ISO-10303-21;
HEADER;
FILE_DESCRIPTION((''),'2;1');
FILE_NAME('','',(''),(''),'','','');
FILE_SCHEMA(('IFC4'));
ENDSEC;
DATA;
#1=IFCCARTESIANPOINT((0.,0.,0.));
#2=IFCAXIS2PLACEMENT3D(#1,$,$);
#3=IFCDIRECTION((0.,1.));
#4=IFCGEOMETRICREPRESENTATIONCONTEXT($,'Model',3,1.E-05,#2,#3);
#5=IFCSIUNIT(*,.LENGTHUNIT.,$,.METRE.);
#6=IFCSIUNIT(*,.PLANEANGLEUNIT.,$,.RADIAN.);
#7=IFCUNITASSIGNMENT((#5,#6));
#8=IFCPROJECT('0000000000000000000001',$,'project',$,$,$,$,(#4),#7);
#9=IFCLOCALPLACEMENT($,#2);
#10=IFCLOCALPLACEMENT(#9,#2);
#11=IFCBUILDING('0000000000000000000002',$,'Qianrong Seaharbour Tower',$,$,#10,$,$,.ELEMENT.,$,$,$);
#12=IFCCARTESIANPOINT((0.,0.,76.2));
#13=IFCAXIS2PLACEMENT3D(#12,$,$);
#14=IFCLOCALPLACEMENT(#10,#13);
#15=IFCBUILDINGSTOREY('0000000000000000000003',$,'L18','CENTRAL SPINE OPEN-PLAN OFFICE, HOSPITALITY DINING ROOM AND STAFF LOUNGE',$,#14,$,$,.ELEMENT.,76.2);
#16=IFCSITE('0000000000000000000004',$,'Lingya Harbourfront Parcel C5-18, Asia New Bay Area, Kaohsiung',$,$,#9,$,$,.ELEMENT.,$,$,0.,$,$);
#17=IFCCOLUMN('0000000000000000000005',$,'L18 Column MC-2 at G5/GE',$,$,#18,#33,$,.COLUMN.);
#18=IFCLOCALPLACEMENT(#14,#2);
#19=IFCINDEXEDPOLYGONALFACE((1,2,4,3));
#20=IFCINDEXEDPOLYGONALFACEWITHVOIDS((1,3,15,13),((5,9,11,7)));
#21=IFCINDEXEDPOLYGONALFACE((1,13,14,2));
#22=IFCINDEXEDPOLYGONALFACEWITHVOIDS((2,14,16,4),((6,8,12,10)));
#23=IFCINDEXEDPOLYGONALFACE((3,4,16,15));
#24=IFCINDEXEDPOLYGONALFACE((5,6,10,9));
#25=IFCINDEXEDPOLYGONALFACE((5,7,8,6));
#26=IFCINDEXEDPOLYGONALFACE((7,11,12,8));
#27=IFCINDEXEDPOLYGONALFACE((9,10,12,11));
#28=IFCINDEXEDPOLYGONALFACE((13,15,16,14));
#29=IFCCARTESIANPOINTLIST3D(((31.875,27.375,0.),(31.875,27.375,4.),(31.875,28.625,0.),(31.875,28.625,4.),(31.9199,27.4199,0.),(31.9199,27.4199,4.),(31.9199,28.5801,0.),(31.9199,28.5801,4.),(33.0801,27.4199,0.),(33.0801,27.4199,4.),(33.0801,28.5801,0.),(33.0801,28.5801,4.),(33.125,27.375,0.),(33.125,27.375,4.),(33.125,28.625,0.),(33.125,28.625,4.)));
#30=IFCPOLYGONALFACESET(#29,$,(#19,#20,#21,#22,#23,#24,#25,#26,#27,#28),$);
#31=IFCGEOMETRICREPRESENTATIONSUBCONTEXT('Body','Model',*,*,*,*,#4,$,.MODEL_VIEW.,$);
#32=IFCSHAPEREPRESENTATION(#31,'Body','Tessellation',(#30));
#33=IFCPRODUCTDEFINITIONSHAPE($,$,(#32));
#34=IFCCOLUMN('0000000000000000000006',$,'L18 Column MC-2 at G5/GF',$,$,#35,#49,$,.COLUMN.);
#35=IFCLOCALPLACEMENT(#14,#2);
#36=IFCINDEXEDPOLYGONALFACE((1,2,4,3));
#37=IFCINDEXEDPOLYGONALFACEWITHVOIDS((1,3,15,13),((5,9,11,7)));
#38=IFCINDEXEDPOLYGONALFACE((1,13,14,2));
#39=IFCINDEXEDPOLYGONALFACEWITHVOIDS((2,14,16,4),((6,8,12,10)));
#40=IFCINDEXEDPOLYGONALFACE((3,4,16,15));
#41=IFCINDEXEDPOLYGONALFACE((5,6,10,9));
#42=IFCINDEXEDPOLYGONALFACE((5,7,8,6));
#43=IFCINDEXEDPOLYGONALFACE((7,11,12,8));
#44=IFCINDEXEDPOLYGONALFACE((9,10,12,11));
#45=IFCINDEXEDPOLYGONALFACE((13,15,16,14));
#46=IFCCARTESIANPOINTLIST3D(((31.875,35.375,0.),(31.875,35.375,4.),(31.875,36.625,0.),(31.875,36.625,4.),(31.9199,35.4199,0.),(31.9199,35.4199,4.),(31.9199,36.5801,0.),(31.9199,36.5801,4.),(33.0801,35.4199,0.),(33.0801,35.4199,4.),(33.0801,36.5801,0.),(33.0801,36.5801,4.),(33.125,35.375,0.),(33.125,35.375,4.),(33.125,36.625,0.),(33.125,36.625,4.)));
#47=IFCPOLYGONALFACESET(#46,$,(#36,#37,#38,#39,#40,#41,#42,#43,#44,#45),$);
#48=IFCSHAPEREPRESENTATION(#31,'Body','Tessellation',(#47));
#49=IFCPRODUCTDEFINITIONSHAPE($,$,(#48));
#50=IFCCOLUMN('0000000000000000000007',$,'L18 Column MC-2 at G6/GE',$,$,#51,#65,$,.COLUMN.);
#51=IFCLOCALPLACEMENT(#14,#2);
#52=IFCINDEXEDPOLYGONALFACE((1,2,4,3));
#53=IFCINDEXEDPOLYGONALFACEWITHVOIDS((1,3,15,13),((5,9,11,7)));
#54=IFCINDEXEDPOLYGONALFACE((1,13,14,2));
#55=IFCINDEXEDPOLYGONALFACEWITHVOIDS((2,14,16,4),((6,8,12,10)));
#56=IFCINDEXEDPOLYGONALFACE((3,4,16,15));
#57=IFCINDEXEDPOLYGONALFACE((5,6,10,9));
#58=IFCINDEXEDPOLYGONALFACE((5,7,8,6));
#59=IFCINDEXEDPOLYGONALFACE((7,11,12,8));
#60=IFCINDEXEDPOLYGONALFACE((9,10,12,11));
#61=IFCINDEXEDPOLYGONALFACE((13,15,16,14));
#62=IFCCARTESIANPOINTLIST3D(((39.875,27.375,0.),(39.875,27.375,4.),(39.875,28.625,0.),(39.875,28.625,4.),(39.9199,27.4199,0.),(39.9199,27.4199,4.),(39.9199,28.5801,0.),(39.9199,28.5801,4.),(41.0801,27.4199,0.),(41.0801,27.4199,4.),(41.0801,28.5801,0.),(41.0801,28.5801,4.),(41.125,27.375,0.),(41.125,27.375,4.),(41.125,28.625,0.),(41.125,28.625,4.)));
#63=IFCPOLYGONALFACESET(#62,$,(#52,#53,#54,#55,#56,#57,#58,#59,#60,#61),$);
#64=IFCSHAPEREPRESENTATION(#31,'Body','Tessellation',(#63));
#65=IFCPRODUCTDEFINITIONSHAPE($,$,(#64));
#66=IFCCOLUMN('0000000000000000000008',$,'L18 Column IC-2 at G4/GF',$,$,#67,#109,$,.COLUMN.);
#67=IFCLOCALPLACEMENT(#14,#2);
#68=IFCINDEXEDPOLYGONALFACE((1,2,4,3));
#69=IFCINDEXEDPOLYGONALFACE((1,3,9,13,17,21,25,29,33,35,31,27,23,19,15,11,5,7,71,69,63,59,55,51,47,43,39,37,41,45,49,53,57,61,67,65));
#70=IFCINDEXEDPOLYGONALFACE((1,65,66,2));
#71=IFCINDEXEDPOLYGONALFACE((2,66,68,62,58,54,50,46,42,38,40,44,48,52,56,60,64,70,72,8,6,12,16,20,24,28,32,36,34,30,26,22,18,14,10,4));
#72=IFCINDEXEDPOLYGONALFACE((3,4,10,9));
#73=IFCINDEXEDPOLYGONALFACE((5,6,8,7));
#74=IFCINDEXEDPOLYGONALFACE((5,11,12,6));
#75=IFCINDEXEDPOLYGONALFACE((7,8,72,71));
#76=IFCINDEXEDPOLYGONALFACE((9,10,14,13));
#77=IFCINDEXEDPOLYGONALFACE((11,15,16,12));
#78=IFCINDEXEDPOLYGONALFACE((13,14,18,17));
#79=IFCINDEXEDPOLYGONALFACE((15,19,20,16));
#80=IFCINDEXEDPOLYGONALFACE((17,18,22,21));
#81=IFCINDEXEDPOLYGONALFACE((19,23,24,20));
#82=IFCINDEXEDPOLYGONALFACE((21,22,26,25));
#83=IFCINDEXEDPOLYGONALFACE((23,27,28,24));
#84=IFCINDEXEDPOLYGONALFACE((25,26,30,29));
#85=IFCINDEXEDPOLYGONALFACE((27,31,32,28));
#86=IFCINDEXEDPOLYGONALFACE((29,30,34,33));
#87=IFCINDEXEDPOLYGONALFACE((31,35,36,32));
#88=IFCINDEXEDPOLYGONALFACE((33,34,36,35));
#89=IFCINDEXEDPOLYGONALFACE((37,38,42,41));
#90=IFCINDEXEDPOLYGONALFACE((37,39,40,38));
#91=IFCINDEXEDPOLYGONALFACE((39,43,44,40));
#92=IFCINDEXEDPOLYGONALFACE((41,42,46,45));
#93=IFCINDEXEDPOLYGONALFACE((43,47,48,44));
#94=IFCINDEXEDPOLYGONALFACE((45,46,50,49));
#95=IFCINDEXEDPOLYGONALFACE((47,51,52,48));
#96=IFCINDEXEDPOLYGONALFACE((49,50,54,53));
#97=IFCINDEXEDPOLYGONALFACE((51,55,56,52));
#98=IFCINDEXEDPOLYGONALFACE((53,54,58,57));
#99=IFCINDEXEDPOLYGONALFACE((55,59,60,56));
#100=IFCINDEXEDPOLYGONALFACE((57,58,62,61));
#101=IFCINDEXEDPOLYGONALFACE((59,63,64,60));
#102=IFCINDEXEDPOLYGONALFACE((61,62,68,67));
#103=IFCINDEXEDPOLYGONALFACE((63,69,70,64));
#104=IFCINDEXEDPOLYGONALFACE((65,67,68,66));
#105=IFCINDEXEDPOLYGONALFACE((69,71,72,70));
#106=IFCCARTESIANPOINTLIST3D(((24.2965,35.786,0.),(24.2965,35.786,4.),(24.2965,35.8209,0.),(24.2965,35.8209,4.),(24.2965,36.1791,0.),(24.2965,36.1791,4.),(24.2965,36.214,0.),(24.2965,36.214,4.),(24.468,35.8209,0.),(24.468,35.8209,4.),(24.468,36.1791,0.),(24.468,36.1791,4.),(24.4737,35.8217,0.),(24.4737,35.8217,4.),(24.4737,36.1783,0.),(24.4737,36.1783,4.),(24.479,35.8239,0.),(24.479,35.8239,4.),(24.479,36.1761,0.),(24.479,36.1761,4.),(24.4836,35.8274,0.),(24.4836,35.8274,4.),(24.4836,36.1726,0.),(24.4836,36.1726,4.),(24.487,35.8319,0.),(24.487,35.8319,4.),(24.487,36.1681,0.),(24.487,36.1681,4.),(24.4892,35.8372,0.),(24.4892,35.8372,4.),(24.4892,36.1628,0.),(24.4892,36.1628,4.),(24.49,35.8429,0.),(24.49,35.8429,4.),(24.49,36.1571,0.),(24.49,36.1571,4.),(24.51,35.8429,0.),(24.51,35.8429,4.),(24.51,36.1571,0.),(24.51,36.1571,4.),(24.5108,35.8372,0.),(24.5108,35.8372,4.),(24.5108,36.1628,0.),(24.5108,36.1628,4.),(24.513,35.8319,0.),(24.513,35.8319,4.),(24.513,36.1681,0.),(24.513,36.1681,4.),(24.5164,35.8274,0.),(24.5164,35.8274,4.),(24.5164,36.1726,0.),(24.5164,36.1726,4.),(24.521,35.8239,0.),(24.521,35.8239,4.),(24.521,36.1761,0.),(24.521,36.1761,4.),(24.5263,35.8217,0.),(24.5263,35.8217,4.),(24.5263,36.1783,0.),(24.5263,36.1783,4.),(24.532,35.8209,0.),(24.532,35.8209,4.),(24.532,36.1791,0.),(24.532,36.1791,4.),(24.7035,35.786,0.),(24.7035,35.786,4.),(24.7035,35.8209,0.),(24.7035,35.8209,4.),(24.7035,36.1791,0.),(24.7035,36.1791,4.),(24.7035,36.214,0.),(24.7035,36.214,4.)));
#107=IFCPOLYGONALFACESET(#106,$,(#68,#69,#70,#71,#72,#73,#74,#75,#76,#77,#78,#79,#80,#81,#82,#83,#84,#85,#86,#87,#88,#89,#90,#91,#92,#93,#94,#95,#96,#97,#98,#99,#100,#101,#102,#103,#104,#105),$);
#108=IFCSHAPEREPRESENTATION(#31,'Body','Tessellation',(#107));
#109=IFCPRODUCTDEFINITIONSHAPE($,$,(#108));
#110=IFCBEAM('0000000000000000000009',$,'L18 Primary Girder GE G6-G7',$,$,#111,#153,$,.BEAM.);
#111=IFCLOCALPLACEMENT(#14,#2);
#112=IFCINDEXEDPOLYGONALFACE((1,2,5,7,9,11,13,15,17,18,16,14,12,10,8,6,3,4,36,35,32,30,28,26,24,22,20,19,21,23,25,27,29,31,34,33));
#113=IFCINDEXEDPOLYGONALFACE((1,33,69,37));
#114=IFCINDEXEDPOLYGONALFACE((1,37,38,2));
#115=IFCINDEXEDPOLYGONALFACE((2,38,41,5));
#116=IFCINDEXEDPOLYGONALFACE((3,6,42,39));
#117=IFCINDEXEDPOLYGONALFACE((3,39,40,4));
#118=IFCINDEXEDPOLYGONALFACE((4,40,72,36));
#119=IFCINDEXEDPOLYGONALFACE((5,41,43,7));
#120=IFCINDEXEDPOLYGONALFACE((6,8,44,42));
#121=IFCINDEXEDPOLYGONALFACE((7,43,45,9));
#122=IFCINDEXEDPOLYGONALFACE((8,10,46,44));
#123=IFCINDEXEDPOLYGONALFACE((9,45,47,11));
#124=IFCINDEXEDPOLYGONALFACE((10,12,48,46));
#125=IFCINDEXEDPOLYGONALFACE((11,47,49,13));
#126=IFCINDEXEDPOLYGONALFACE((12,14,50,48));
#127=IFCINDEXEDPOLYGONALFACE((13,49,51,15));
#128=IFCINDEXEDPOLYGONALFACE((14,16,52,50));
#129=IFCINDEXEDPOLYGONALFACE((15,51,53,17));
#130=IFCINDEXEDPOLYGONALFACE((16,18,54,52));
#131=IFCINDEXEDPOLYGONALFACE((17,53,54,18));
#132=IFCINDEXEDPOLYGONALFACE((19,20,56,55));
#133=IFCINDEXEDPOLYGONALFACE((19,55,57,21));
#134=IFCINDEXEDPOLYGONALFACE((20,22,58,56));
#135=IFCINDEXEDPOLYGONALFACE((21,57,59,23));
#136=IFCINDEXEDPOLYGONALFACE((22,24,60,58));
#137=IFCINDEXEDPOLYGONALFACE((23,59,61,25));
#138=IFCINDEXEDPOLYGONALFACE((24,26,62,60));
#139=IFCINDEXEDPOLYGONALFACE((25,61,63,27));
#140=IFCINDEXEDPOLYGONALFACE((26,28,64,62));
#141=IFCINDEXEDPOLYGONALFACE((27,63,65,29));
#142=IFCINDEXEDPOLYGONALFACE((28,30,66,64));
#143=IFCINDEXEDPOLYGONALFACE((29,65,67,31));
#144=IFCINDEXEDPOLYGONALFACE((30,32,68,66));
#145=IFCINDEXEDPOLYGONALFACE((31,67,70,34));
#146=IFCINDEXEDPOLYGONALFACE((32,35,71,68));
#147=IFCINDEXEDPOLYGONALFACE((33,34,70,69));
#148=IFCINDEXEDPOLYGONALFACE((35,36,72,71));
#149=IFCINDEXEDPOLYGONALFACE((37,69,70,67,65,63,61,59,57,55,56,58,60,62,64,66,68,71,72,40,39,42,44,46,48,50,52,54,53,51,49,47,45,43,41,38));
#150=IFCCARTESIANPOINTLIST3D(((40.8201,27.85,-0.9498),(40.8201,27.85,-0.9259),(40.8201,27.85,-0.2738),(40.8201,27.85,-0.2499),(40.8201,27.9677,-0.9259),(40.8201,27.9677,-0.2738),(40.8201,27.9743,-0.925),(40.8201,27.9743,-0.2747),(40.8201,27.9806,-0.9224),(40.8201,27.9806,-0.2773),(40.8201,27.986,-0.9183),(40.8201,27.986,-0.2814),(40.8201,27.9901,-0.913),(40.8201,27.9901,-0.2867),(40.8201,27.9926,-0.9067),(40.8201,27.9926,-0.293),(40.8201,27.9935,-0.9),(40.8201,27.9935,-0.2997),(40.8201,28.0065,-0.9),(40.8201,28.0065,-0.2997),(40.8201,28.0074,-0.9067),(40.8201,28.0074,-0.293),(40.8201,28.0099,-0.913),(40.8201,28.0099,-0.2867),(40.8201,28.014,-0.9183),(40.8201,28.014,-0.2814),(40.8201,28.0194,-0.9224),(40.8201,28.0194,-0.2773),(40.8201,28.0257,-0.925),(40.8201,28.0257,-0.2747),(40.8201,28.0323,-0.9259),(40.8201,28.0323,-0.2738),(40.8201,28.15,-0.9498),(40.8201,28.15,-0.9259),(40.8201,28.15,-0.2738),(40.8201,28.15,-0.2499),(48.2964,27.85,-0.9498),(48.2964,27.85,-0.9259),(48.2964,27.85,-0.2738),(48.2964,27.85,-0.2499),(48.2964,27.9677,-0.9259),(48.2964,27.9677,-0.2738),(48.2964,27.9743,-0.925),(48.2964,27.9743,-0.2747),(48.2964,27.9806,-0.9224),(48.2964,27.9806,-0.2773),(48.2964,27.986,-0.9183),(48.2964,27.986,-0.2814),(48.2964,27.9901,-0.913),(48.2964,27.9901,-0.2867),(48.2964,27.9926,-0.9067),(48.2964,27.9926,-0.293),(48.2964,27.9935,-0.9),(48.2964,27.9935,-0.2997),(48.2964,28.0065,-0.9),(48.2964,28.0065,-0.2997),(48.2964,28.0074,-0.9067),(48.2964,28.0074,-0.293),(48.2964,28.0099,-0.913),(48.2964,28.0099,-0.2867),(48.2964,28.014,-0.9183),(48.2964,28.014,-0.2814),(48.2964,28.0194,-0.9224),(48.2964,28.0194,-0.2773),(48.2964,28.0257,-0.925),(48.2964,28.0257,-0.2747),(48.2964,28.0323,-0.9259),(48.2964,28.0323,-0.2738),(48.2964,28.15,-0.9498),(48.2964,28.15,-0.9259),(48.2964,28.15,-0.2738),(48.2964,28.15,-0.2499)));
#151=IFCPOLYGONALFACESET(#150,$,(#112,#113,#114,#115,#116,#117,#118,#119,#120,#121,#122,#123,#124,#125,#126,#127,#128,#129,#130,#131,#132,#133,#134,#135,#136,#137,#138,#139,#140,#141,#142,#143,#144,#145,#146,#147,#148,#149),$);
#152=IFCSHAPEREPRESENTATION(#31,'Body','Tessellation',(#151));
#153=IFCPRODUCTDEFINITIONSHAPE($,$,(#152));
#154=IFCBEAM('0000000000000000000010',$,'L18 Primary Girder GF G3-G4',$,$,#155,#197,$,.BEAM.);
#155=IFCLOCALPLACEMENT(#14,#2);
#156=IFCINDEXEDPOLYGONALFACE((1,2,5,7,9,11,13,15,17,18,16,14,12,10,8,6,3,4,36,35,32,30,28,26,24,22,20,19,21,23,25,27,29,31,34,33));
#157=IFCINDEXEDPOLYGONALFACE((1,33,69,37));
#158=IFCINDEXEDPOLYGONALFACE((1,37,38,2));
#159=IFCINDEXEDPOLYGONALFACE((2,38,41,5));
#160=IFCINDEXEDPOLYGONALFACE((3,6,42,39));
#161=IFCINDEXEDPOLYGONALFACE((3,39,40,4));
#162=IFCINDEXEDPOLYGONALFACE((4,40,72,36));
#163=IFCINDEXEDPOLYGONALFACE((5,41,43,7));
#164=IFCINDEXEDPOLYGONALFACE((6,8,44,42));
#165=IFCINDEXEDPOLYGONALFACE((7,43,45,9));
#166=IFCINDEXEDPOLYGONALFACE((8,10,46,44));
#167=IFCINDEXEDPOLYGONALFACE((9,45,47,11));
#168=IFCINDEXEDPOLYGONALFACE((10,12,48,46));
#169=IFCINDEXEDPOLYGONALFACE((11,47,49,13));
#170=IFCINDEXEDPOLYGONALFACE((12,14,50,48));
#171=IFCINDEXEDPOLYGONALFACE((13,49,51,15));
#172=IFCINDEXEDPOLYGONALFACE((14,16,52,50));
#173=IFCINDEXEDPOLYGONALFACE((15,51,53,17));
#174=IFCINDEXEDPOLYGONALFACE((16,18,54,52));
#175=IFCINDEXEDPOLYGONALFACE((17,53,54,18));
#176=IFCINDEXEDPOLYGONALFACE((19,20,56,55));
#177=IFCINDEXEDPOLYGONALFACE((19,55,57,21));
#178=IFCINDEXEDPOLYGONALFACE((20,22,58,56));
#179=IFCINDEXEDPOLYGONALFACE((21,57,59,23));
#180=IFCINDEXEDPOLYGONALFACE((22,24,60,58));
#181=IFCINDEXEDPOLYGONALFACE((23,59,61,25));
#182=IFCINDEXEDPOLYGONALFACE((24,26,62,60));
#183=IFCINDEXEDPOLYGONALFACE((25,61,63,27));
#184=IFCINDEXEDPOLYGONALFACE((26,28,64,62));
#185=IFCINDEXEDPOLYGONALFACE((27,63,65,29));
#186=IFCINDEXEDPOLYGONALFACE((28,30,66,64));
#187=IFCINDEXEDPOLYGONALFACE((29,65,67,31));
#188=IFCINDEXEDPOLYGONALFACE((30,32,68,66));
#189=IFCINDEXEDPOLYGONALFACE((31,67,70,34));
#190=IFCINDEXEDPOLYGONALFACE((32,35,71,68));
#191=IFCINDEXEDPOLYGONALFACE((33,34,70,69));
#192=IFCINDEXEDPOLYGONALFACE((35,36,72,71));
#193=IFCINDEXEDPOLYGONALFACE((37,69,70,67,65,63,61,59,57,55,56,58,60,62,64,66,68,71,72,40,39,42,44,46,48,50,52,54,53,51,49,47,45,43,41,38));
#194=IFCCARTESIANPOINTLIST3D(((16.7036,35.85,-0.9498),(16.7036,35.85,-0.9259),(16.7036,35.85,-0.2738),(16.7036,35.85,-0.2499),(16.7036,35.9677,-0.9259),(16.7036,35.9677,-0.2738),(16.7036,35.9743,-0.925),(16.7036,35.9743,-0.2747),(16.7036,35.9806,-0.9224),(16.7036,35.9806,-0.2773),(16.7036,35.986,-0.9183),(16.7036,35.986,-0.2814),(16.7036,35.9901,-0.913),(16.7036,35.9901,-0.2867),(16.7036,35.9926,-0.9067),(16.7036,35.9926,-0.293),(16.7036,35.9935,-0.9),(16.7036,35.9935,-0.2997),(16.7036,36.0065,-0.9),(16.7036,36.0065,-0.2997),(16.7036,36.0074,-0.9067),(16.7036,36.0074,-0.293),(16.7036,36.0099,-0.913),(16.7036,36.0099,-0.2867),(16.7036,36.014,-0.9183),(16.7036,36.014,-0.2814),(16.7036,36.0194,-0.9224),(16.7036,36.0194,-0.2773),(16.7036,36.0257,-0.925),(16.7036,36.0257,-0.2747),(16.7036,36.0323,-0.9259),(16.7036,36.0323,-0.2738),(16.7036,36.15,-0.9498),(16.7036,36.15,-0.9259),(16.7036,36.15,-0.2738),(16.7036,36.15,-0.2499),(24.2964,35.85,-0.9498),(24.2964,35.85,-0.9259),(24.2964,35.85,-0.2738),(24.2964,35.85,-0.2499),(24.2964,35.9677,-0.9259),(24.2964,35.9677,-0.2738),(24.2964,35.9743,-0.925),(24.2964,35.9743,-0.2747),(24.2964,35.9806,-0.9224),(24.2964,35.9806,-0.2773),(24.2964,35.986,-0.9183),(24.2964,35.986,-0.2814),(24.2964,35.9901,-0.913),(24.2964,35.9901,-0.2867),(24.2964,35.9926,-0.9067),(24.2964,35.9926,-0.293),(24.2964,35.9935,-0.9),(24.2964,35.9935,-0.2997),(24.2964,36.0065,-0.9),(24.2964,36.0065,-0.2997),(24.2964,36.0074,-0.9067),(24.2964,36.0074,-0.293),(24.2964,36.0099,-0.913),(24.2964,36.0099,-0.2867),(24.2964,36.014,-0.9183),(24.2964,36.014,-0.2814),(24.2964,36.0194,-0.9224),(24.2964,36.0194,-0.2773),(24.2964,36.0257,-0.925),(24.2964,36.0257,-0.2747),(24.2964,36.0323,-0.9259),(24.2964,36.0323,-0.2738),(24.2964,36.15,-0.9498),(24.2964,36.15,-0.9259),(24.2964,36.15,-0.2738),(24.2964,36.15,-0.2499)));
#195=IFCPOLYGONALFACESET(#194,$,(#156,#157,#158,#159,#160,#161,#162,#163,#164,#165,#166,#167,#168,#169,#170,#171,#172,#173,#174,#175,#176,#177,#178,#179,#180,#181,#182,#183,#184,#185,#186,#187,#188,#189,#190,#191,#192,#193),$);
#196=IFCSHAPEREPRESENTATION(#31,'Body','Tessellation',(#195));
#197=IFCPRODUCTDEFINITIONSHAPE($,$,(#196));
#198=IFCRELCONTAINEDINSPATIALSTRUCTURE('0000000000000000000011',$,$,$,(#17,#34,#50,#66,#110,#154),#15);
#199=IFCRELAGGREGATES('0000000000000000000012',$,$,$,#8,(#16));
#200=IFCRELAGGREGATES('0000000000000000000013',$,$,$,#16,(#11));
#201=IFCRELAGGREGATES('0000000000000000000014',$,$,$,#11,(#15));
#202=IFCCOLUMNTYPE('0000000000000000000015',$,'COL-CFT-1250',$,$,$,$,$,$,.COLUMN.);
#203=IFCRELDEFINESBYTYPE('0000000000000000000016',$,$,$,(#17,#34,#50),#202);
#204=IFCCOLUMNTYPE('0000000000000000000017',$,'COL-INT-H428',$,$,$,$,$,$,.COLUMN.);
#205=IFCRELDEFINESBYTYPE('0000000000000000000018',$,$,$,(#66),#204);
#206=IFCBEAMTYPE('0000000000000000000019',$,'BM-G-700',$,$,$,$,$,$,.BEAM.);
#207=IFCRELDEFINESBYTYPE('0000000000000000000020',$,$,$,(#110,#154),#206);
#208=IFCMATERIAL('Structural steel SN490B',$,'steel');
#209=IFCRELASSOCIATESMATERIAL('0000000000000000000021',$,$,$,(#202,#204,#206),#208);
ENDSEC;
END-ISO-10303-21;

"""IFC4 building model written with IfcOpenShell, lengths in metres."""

from ifc_helpers import new_model, si_unit, direction, frame, origin, origin_2d, place, context, subcontext, project, spatial, hollow_rectangle, i_section, extrude, material, material_profile, profile_set, type_object, element, save


model = new_model("IFC4")

# Units and contexts
model_context = context("Model", 3, precision=1e-05, world=origin(), true_north=direction((0.0, 1.0)))
body_context = subcontext(model_context, "Body", "Model", "MODEL_VIEW")
ifc_project = project(units=[si_unit("LENGTHUNIT", "METRE"), si_unit("PLANEANGLEUNIT", "RADIAN")], contexts=[model_context])

# Site, building, storey
site_placement = place(None, origin())
site = spatial("IfcSite", under=ifc_project, at=site_placement, Name="Lingya Harbourfront Parcel C5-18, Asia New Bay Area, Kaohsiung", CompositionType="ELEMENT", RefElevation=0.0)
building_placement = place(site_placement, origin())
building = spatial("IfcBuilding", under=site, at=building_placement, Name="Qianrong Seaharbour Tower", CompositionType="ELEMENT")
storey_placement = place(building_placement, frame((0.0, 0.0, 76.2)))
storey = spatial("IfcBuildingStorey", under=building, at=storey_placement, Name="L18", Description="CENTRAL SPINE OPEN-PLAN OFFICE, HOSPITALITY DINING ROOM AND STAFF LOUNGE", CompositionType="ELEMENT", Elevation=76.2)

# Columns
ifc_material_1 = material(Name="Structural steel SN490B", Category="steel")
ifc_material_profile_1 = material_profile(ifc_material_1, hollow_rectangle(XDim=1.25, YDim=1.25, WallThickness=0.0449, at=origin_2d()), Name="BOX1250x1250x45")
ifc_profile_set_1 = profile_set([ifc_material_profile_1], Name="Structural steel SN490B")
column_type_1 = type_object("IfcColumnType", Name="COL-CFT-1250", PredefinedType="COLUMN", material=ifc_profile_set_1)
for number, where, z_axis, x_axis, name in (
    (1, (32.5, 28.0, 0.0), (0.0, 0.0, 1.0), (1.0, 0.0, 0.0), "L18 Column MC-2 at G5/GE"),
    (2, (32.5, 36.0, 0.0), (0.0, 0.0, 1.0), (1.0, 0.0, 0.0), "L18 Column MC-2 at G5/GF"),
    (3, (40.5, 28.0, 0.0), (0.0, 0.0, 1.0), (1.0, 0.0, 0.0), "L18 Column MC-2 at G6/GE"),
):
    element("IfcColumn", number, at=place(storey_placement, frame(where, z_axis=z_axis, x_axis=x_axis)), inside=storey, type_object=column_type_1, Name=name, PredefinedType="COLUMN", context=body_context, shape_type="SweptSolid", body=[
        extrude(hollow_rectangle(XDim=1.25, YDim=1.25, WallThickness=0.0449, at=origin_2d()), origin(), (0.0, 0.0, 1.0), 4.0),
    ])
ifc_material_profile_2 = material_profile(ifc_material_1, i_section(OverallWidth=0.407, OverallDepth=0.428, WebThickness=0.02, FlangeThickness=0.0349, FilletRadius=0.022, at=origin_2d()), Name="H428x407x20x35")
ifc_profile_set_2 = profile_set([ifc_material_profile_2], Name="Structural steel SN490B")
column_type_2 = type_object("IfcColumnType", Name="COL-INT-H428", PredefinedType="COLUMN", material=ifc_profile_set_2)
column_placement = place(storey_placement, frame((24.5, 36.0, 0.0), z_axis=(0.0, 0.0, 1.0), x_axis=(1.0, 0.0, 0.0)))
element("IfcColumn", 4, at=column_placement, inside=storey, type_object=column_type_2, Name="L18 Column IC-2 at G4/GF", PredefinedType="COLUMN", context=body_context, shape_type="SweptSolid", body=[
    extrude(i_section(OverallWidth=0.407, OverallDepth=0.428, WebThickness=0.02, FlangeThickness=0.0349, FilletRadius=0.022, at=origin_2d()), origin(), (0.0, 0.0, 1.0), 4.0),
])

# Beams
ifc_material_profile_3 = material_profile(ifc_material_1, i_section(OverallWidth=0.3, OverallDepth=0.7, WebThickness=0.0129, FlangeThickness=0.0239, FilletRadius=0.0259, at=origin_2d()), Name="H700x300x13x24")
ifc_profile_set_3 = profile_set([ifc_material_profile_3], Name="Structural steel SN490B")
beam_type_1 = type_object("IfcBeamType", Name="BM-G-700", PredefinedType="BEAM", material=ifc_profile_set_3)
beam_1_placement = place(storey_placement, frame((40.8201, 28.0, -0.5999), z_axis=(1.0, 0.0, 0.0), x_axis=(0.0, 1.0, 0.0)))
element("IfcBeam", 5, at=beam_1_placement, inside=storey, type_object=beam_type_1, Name="L18 Primary Girder GE G6-G7", PredefinedType="BEAM", context=body_context, shape_type="SweptSolid", body=[
    extrude(i_section(OverallWidth=0.3, OverallDepth=0.7, WebThickness=0.0129, FlangeThickness=0.0239, FilletRadius=0.0259, at=origin_2d()), origin(), (0.0, 0.0, 1.0), 7.4763),
])
beam_2_placement = place(storey_placement, frame((16.7036, 36.0, -0.5999), z_axis=(1.0, 0.0, 0.0), x_axis=(0.0, 1.0, 0.0)))
element("IfcBeam", 6, at=beam_2_placement, inside=storey, type_object=beam_type_1, Name="L18 Primary Girder GF G3-G4", PredefinedType="BEAM", context=body_context, shape_type="SweptSolid", body=[
    extrude(i_section(OverallWidth=0.3, OverallDepth=0.7, WebThickness=0.0129, FlangeThickness=0.0239, FilletRadius=0.0259, at=origin_2d()), origin(), (0.0, 0.0, 1.0), 7.5928),
])

save(model, "model.ifc")
